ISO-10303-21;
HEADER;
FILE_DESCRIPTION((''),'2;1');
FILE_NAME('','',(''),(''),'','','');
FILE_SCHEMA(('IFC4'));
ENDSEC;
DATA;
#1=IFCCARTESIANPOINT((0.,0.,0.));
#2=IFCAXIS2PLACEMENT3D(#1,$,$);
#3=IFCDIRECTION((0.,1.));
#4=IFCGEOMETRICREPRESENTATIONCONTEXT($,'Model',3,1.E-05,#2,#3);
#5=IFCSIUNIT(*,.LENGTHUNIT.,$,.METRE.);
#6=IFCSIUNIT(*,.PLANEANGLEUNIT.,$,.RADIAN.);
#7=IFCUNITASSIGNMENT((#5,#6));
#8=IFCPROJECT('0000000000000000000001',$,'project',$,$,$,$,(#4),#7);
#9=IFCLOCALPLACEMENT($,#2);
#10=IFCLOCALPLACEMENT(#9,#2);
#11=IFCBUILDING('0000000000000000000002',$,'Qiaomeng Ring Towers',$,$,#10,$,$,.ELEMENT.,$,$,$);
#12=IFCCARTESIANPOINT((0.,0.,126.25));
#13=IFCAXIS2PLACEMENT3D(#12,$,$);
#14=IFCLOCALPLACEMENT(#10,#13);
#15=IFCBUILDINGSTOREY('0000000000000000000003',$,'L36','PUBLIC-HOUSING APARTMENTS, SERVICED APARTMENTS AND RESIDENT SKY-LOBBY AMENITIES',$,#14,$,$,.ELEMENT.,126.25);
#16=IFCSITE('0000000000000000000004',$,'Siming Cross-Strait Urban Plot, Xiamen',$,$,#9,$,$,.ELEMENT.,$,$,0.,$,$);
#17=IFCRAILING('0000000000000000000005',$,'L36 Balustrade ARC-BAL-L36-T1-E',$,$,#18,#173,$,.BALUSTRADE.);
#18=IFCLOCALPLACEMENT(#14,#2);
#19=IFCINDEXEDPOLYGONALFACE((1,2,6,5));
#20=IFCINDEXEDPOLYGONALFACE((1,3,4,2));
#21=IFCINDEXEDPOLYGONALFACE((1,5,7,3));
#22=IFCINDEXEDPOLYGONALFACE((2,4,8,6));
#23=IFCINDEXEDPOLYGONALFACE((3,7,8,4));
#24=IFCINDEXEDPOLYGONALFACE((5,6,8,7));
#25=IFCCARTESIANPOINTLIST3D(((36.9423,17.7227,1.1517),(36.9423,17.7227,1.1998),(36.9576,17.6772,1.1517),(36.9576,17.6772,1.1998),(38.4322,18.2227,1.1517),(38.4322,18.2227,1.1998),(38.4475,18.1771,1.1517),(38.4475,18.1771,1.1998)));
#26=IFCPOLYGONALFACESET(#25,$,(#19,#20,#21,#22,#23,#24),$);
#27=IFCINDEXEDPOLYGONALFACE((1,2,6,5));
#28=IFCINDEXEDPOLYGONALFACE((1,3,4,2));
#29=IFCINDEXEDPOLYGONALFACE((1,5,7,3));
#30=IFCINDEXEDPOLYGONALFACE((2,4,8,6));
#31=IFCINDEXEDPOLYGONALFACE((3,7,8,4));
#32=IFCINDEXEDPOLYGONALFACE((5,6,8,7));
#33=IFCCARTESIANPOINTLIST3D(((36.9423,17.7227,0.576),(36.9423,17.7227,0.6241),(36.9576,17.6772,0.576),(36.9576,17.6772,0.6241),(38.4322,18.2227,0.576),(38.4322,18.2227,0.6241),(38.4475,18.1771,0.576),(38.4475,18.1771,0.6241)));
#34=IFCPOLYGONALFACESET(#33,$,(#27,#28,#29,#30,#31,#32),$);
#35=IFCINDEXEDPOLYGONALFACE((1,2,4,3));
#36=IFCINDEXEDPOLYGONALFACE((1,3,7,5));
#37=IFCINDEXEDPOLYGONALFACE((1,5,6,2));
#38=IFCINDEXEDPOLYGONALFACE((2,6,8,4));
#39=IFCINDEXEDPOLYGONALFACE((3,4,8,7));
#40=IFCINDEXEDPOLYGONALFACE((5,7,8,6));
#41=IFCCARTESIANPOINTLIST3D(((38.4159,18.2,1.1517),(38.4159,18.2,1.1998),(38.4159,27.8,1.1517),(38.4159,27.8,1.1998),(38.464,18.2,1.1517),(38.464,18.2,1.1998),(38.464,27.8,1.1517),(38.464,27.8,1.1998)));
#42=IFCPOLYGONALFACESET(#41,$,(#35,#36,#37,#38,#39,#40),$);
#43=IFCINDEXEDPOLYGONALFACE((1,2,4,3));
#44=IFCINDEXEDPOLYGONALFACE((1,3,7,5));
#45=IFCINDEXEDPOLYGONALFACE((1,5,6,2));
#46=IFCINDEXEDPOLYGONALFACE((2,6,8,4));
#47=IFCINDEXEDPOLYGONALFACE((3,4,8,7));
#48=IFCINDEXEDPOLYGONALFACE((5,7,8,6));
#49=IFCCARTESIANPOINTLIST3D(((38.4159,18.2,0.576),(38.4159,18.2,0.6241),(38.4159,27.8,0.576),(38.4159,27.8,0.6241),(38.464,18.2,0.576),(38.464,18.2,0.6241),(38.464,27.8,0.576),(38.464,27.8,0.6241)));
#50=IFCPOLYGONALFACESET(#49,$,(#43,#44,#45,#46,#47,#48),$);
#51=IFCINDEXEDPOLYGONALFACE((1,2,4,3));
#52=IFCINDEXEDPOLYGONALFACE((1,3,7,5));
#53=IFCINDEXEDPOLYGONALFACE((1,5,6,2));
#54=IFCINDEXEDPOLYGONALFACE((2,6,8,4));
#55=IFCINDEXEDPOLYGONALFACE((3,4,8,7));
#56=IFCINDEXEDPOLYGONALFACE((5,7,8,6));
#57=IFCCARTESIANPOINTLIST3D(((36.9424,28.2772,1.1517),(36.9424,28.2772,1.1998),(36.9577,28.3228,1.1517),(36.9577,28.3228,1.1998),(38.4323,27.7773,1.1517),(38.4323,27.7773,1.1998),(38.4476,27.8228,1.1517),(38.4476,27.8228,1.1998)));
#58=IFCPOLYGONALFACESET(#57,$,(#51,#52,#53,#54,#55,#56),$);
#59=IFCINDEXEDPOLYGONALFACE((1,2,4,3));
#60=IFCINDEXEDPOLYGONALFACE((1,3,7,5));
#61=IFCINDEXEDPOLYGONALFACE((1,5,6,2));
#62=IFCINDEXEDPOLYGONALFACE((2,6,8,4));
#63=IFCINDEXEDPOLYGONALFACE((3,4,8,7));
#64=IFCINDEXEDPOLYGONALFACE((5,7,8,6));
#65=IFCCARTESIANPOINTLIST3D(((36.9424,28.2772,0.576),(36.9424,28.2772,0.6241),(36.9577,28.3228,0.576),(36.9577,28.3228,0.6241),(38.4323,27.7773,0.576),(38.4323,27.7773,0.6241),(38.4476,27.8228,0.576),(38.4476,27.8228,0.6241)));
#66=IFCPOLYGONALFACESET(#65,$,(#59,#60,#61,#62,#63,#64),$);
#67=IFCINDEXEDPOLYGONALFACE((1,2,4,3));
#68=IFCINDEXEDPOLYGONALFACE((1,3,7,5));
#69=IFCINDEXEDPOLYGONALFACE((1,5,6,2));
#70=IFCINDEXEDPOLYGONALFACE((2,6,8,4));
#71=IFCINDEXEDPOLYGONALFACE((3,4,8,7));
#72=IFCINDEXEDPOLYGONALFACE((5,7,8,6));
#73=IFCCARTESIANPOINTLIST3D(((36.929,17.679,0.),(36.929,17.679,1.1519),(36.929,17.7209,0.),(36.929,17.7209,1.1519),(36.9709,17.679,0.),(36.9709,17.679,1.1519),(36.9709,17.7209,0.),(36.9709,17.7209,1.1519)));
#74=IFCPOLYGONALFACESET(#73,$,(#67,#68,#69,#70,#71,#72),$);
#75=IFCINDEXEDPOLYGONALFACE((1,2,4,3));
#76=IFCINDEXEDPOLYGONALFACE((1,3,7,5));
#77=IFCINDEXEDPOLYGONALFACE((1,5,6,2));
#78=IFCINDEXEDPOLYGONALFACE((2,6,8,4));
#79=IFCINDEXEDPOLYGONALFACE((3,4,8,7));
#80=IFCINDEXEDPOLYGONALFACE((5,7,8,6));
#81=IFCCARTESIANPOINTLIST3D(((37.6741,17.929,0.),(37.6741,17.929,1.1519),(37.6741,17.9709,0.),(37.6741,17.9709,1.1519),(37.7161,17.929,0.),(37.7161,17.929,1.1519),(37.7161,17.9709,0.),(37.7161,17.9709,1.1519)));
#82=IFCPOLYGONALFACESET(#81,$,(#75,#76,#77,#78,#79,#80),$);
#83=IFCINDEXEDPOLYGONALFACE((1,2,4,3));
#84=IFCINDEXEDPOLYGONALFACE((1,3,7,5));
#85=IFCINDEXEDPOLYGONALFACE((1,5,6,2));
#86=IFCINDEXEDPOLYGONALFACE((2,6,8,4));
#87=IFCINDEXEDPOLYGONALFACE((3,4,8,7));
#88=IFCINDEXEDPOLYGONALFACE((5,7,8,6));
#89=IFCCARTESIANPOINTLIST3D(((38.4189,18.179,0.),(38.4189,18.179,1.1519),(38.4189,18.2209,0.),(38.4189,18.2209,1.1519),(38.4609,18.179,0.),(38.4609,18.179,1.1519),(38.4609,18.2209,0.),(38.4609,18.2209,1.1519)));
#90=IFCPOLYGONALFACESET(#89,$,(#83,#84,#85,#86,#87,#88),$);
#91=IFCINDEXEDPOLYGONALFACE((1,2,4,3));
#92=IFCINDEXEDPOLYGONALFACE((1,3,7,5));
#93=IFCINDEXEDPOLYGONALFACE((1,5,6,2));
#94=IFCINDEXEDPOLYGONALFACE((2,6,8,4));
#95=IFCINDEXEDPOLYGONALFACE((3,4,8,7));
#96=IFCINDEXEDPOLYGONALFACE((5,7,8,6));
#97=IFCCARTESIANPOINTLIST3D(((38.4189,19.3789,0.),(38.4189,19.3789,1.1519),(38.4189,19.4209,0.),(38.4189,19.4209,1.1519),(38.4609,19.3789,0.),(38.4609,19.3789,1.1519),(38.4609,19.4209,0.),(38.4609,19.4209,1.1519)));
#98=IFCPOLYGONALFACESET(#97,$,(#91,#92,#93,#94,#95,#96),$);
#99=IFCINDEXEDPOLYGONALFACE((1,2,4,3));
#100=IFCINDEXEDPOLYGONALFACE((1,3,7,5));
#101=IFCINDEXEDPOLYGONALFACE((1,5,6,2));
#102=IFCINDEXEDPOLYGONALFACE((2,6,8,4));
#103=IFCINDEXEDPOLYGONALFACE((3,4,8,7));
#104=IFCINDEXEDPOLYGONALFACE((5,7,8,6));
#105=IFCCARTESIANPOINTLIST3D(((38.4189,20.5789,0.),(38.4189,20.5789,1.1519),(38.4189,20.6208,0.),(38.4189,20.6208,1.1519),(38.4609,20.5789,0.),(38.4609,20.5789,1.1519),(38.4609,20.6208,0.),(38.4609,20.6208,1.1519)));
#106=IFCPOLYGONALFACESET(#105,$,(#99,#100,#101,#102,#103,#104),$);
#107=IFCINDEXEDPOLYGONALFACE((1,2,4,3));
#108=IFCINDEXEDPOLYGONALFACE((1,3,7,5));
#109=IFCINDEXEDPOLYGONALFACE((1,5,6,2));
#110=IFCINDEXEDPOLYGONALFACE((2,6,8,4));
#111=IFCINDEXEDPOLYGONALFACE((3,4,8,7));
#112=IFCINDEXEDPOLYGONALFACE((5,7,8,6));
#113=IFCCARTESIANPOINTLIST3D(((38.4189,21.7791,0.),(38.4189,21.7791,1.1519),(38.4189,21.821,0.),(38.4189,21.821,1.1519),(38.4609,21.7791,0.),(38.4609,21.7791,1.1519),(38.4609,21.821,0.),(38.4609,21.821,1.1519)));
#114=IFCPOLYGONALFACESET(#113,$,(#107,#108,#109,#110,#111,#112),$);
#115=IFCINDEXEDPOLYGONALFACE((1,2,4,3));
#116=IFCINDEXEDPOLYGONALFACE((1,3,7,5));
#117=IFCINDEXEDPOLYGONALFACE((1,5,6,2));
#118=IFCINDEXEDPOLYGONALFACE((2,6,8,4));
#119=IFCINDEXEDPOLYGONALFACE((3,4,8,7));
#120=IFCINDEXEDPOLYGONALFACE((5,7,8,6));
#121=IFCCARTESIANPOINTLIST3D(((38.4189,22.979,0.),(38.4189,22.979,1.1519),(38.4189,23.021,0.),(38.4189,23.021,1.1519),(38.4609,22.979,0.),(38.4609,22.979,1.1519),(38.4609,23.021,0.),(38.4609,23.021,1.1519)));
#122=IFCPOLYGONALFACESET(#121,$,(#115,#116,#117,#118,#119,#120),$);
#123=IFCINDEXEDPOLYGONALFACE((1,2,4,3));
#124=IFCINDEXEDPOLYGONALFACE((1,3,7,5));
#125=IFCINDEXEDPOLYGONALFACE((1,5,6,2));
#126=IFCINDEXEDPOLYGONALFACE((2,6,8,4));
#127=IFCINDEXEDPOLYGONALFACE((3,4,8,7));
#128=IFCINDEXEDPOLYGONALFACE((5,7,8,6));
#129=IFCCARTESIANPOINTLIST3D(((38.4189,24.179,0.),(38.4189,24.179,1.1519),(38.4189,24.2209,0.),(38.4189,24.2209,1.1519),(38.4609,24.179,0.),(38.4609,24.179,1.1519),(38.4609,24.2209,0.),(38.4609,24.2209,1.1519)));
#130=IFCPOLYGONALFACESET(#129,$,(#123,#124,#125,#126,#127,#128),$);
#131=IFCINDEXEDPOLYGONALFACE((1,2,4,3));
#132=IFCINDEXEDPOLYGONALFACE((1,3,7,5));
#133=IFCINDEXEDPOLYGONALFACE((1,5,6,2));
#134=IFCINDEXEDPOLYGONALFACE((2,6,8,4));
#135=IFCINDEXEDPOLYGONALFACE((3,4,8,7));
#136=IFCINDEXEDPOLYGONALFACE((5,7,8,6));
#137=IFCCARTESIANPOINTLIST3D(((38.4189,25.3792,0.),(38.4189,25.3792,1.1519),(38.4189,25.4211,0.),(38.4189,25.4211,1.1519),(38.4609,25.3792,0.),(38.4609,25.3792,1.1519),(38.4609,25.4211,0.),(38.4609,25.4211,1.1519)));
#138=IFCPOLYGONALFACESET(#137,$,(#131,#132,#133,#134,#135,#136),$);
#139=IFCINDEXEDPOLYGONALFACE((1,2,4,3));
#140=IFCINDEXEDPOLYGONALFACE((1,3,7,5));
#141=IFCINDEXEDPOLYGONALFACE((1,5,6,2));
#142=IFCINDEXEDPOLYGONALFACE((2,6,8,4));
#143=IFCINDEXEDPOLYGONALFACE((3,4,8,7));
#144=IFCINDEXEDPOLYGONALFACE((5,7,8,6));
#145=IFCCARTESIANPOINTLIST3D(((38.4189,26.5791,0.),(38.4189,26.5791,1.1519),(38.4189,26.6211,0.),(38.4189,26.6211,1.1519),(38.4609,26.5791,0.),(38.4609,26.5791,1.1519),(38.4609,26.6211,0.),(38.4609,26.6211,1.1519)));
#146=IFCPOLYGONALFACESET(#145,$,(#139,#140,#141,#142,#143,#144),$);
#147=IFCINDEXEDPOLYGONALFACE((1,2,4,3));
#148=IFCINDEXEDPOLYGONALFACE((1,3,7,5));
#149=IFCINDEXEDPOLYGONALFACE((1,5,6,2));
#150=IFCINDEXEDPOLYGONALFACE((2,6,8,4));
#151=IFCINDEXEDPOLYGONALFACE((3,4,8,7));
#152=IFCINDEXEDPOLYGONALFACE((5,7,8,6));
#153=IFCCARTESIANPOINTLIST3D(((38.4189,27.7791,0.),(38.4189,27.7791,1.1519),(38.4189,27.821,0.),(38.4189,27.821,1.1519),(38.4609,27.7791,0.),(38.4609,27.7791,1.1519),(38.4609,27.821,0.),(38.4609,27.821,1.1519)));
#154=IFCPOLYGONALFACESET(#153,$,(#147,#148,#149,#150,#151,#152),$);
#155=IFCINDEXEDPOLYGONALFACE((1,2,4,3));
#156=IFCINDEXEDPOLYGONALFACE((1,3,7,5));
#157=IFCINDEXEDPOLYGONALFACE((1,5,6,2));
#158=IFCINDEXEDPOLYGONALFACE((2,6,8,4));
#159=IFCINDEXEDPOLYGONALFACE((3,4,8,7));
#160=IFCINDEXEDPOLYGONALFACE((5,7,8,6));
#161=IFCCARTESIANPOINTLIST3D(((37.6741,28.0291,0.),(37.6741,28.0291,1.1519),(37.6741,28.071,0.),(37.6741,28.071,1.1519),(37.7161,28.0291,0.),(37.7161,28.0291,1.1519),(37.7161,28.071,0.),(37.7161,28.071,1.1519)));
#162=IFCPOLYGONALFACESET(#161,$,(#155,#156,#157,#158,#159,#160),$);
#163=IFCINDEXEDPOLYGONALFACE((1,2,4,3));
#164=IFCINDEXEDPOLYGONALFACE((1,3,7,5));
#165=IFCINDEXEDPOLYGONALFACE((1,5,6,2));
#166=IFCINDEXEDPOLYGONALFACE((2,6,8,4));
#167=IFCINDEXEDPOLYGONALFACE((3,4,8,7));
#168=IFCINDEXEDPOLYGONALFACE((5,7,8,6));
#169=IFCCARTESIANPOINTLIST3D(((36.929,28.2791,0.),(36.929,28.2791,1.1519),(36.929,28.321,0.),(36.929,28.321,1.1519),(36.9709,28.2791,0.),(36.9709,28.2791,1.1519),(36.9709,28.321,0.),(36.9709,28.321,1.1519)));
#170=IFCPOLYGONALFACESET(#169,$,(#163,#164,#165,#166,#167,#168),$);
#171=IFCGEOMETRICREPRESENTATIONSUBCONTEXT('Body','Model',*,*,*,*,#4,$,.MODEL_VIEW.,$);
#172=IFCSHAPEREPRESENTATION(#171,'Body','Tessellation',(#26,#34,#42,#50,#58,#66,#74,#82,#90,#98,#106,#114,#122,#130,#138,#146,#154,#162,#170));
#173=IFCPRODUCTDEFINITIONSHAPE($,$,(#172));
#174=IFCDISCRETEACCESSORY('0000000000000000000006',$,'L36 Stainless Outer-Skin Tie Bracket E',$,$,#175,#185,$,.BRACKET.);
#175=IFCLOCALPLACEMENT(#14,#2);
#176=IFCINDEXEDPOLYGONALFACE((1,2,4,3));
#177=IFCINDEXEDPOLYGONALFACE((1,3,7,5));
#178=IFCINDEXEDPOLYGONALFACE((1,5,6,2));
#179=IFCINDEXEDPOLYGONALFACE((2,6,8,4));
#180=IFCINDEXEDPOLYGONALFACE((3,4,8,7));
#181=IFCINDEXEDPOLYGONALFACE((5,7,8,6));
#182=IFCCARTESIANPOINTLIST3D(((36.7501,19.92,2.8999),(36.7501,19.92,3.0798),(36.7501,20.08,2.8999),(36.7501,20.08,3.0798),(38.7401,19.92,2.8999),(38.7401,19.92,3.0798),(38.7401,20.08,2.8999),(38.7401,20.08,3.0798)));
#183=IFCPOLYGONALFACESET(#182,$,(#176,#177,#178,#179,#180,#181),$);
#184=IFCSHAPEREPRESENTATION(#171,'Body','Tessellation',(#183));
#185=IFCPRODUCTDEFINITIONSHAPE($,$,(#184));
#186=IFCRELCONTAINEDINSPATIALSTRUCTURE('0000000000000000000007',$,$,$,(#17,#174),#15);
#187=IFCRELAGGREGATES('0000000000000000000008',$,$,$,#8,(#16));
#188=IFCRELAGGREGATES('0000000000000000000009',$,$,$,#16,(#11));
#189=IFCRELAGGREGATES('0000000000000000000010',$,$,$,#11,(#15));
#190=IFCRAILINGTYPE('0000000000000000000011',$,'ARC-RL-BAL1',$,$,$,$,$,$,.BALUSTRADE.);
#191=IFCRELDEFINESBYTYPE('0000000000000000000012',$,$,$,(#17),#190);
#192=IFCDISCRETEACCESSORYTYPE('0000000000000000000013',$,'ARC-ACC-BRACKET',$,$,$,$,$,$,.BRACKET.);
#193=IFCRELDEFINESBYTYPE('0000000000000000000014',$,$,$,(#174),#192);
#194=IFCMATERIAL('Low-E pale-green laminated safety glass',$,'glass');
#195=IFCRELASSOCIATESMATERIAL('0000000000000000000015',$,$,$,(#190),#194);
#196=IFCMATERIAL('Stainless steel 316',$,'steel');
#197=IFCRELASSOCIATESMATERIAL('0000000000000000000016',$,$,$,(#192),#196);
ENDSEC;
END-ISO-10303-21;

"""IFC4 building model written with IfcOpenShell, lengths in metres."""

from ifc_helpers import new_model, si_unit, direction, frame, origin, origin_2d, place, context, subcontext, project, spatial, rectangle, extrude, source, transform, mapped, material, type_object, element, save


model = new_model("IFC4")

# Units and contexts
model_context = context("Model", 3, precision=1e-05, world=origin(), true_north=direction((0.0, 1.0)))
body_context = subcontext(model_context, "Body", "Model", "MODEL_VIEW")
ifc_project = project(units=[si_unit("LENGTHUNIT", "METRE"), si_unit("PLANEANGLEUNIT", "RADIAN")], contexts=[model_context])

# Site, building, storey
site_placement = place(None, origin())
site = spatial("IfcSite", under=ifc_project, at=site_placement, Name="Siming Cross-Strait Urban Plot, Xiamen", CompositionType="ELEMENT", RefElevation=0.0)
building_placement = place(site_placement, origin())
building = spatial("IfcBuilding", under=site, at=building_placement, Name="Qiaomeng Ring Towers", CompositionType="ELEMENT")
storey_placement = place(building_placement, frame((0.0, 0.0, 126.25)))
storey = spatial("IfcBuildingStorey", under=building, at=storey_placement, Name="L36", Description="PUBLIC-HOUSING APARTMENTS, SERVICED APARTMENTS AND RESIDENT SKY-LOBBY AMENITIES", CompositionType="ELEMENT", Elevation=126.25)

# Shared definitions
ifc_material_1 = material(Name="Stainless steel 316", Category="steel")

# Railing
ifc_material_2 = material(Name="Low-E pale-green laminated safety glass", Category="glass")
railing_type = type_object("IfcRailingType", Name="ARC-RL-BAL1", PredefinedType="BALUSTRADE", material=ifc_material_2)
railing_placement = place(storey_placement, frame((36.95, 17.7, 0.0)))
element("IfcRailing", 1, at=railing_placement, inside=storey, type_object=railing_type, Name="L36 Balustrade ARC-BAL-L36-T1-E", PredefinedType="BALUSTRADE", context=body_context, shape_type="SweptSolid", body=[
    extrude(rectangle(XDim=0.0481, YDim=0.0481, at=origin_2d()), frame((0.0, 0.0, 1.1758), z_axis=(0.948044, 0.318138, 0.0), x_axis=(-0.318138, 0.948044, 0.0)), (0.0, 0.0, 1.0), 1.5715),
    extrude(rectangle(XDim=0.0481, YDim=0.0481, at=origin_2d()), frame((0.0, 0.0, 0.6001), z_axis=(0.948044, 0.318138, 0.0), x_axis=(-0.318138, 0.948044, 0.0)), (0.0, 0.0, 1.0), 1.5715),
    extrude(rectangle(XDim=0.0481, YDim=0.0481, at=origin_2d()), frame((1.49, 0.5, 1.1758), z_axis=(0.0, 1.0, 0.0), x_axis=(-1.0, 0.0, 0.0)), (0.0, 0.0, 1.0), 9.6001),
    extrude(rectangle(XDim=0.0481, YDim=0.0481, at=origin_2d()), frame((1.49, 0.5, 0.6001), z_axis=(0.0, 1.0, 0.0), x_axis=(-1.0, 0.0, 0.0)), (0.0, 0.0, 1.0), 9.6001),
    extrude(rectangle(XDim=0.0481, YDim=0.0481, at=origin_2d()), frame((1.49, 10.1001, 1.1758), z_axis=(-0.948044, 0.318138, 0.0), x_axis=(-0.318138, -0.948044, 0.0)), (0.0, 0.0, 1.0), 1.5715),
    extrude(rectangle(XDim=0.0481, YDim=0.0481, at=origin_2d()), frame((1.49, 10.1001, 0.6001), z_axis=(-0.948044, 0.318138, 0.0), x_axis=(-0.318138, -0.948044, 0.0)), (0.0, 0.0, 1.0), 1.5715),
    extrude(rectangle(XDim=0.042, YDim=0.042, at=origin_2d()), origin(), (0.0, 0.0, 1.0), 1.1519),
    extrude(rectangle(XDim=0.042, YDim=0.042, at=origin_2d()), frame((0.7451, 0.25, 0.0)), (0.0, 0.0, 1.0), 1.1519),
    extrude(rectangle(XDim=0.042, YDim=0.042, at=origin_2d()), frame((1.49, 0.5, 0.0)), (0.0, 0.0, 1.0), 1.1519),
    extrude(rectangle(XDim=0.042, YDim=0.042, at=origin_2d()), frame((1.49, 1.7, 0.0)), (0.0, 0.0, 1.0), 1.1519),
    extrude(rectangle(XDim=0.042, YDim=0.042, at=origin_2d()), frame((1.49, 2.8999, 0.0)), (0.0, 0.0, 1.0), 1.1519),
    extrude(rectangle(XDim=0.042, YDim=0.042, at=origin_2d()), frame((1.49, 4.1001, 0.0)), (0.0, 0.0, 1.0), 1.1519),
    extrude(rectangle(XDim=0.042, YDim=0.042, at=origin_2d()), frame((1.49, 5.3, 0.0)), (0.0, 0.0, 1.0), 1.1519),
    extrude(rectangle(XDim=0.042, YDim=0.042, at=origin_2d()), frame((1.49, 6.5, 0.0)), (0.0, 0.0, 1.0), 1.1519),
    extrude(rectangle(XDim=0.042, YDim=0.042, at=origin_2d()), frame((1.49, 7.7002, 0.0)), (0.0, 0.0, 1.0), 1.1519),
    extrude(rectangle(XDim=0.042, YDim=0.042, at=origin_2d()), frame((1.49, 8.9001, 0.0)), (0.0, 0.0, 1.0), 1.1519),
    extrude(rectangle(XDim=0.042, YDim=0.042, at=origin_2d()), frame((1.49, 10.1001, 0.0)), (0.0, 0.0, 1.0), 1.1519),
    extrude(rectangle(XDim=0.042, YDim=0.042, at=origin_2d()), frame((0.7451, 10.3501, 0.0)), (0.0, 0.0, 1.0), 1.1519),
    extrude(rectangle(XDim=0.042, YDim=0.042, at=origin_2d()), frame((0.0, 10.6001, 0.0)), (0.0, 0.0, 1.0), 1.1519),
])

# Discrete accessory
discrete_accessory_type = type_object("IfcDiscreteAccessoryType", Name="ARC-ACC-BRACKET", PredefinedType="BRACKET", material=ifc_material_1)
shared_shape_1 = source(origin(), body_context, "Body", "SweptSolid", [
    extrude(rectangle(XDim=1.99, YDim=0.1599, at=origin_2d()), origin(), (0.0, 0.0, 1.0), 0.1799),
])
discrete_accessory_placement = place(storey_placement, frame((37.7451, 20.0, 2.8999), z_axis=(0.0, 0.0, 1.0), x_axis=(1.0, 0.0, 0.0)))
element("IfcDiscreteAccessory", 2, at=discrete_accessory_placement, inside=storey, type_object=discrete_accessory_type, Name="L36 Stainless Outer-Skin Tie Bracket E", PredefinedType="BRACKET", context=body_context, shape_type="MappedRepresentation", body=[
    mapped(shared_shape_1, transform((0.0, 0.0, 0.0), x_axis=(1.0, 0.0, 0.0), y_axis=(0.0, 1.0, 0.0), z_axis=(0.0, 0.0, 1.0), scale=1.0)),
])

save(model, "model.ifc")
